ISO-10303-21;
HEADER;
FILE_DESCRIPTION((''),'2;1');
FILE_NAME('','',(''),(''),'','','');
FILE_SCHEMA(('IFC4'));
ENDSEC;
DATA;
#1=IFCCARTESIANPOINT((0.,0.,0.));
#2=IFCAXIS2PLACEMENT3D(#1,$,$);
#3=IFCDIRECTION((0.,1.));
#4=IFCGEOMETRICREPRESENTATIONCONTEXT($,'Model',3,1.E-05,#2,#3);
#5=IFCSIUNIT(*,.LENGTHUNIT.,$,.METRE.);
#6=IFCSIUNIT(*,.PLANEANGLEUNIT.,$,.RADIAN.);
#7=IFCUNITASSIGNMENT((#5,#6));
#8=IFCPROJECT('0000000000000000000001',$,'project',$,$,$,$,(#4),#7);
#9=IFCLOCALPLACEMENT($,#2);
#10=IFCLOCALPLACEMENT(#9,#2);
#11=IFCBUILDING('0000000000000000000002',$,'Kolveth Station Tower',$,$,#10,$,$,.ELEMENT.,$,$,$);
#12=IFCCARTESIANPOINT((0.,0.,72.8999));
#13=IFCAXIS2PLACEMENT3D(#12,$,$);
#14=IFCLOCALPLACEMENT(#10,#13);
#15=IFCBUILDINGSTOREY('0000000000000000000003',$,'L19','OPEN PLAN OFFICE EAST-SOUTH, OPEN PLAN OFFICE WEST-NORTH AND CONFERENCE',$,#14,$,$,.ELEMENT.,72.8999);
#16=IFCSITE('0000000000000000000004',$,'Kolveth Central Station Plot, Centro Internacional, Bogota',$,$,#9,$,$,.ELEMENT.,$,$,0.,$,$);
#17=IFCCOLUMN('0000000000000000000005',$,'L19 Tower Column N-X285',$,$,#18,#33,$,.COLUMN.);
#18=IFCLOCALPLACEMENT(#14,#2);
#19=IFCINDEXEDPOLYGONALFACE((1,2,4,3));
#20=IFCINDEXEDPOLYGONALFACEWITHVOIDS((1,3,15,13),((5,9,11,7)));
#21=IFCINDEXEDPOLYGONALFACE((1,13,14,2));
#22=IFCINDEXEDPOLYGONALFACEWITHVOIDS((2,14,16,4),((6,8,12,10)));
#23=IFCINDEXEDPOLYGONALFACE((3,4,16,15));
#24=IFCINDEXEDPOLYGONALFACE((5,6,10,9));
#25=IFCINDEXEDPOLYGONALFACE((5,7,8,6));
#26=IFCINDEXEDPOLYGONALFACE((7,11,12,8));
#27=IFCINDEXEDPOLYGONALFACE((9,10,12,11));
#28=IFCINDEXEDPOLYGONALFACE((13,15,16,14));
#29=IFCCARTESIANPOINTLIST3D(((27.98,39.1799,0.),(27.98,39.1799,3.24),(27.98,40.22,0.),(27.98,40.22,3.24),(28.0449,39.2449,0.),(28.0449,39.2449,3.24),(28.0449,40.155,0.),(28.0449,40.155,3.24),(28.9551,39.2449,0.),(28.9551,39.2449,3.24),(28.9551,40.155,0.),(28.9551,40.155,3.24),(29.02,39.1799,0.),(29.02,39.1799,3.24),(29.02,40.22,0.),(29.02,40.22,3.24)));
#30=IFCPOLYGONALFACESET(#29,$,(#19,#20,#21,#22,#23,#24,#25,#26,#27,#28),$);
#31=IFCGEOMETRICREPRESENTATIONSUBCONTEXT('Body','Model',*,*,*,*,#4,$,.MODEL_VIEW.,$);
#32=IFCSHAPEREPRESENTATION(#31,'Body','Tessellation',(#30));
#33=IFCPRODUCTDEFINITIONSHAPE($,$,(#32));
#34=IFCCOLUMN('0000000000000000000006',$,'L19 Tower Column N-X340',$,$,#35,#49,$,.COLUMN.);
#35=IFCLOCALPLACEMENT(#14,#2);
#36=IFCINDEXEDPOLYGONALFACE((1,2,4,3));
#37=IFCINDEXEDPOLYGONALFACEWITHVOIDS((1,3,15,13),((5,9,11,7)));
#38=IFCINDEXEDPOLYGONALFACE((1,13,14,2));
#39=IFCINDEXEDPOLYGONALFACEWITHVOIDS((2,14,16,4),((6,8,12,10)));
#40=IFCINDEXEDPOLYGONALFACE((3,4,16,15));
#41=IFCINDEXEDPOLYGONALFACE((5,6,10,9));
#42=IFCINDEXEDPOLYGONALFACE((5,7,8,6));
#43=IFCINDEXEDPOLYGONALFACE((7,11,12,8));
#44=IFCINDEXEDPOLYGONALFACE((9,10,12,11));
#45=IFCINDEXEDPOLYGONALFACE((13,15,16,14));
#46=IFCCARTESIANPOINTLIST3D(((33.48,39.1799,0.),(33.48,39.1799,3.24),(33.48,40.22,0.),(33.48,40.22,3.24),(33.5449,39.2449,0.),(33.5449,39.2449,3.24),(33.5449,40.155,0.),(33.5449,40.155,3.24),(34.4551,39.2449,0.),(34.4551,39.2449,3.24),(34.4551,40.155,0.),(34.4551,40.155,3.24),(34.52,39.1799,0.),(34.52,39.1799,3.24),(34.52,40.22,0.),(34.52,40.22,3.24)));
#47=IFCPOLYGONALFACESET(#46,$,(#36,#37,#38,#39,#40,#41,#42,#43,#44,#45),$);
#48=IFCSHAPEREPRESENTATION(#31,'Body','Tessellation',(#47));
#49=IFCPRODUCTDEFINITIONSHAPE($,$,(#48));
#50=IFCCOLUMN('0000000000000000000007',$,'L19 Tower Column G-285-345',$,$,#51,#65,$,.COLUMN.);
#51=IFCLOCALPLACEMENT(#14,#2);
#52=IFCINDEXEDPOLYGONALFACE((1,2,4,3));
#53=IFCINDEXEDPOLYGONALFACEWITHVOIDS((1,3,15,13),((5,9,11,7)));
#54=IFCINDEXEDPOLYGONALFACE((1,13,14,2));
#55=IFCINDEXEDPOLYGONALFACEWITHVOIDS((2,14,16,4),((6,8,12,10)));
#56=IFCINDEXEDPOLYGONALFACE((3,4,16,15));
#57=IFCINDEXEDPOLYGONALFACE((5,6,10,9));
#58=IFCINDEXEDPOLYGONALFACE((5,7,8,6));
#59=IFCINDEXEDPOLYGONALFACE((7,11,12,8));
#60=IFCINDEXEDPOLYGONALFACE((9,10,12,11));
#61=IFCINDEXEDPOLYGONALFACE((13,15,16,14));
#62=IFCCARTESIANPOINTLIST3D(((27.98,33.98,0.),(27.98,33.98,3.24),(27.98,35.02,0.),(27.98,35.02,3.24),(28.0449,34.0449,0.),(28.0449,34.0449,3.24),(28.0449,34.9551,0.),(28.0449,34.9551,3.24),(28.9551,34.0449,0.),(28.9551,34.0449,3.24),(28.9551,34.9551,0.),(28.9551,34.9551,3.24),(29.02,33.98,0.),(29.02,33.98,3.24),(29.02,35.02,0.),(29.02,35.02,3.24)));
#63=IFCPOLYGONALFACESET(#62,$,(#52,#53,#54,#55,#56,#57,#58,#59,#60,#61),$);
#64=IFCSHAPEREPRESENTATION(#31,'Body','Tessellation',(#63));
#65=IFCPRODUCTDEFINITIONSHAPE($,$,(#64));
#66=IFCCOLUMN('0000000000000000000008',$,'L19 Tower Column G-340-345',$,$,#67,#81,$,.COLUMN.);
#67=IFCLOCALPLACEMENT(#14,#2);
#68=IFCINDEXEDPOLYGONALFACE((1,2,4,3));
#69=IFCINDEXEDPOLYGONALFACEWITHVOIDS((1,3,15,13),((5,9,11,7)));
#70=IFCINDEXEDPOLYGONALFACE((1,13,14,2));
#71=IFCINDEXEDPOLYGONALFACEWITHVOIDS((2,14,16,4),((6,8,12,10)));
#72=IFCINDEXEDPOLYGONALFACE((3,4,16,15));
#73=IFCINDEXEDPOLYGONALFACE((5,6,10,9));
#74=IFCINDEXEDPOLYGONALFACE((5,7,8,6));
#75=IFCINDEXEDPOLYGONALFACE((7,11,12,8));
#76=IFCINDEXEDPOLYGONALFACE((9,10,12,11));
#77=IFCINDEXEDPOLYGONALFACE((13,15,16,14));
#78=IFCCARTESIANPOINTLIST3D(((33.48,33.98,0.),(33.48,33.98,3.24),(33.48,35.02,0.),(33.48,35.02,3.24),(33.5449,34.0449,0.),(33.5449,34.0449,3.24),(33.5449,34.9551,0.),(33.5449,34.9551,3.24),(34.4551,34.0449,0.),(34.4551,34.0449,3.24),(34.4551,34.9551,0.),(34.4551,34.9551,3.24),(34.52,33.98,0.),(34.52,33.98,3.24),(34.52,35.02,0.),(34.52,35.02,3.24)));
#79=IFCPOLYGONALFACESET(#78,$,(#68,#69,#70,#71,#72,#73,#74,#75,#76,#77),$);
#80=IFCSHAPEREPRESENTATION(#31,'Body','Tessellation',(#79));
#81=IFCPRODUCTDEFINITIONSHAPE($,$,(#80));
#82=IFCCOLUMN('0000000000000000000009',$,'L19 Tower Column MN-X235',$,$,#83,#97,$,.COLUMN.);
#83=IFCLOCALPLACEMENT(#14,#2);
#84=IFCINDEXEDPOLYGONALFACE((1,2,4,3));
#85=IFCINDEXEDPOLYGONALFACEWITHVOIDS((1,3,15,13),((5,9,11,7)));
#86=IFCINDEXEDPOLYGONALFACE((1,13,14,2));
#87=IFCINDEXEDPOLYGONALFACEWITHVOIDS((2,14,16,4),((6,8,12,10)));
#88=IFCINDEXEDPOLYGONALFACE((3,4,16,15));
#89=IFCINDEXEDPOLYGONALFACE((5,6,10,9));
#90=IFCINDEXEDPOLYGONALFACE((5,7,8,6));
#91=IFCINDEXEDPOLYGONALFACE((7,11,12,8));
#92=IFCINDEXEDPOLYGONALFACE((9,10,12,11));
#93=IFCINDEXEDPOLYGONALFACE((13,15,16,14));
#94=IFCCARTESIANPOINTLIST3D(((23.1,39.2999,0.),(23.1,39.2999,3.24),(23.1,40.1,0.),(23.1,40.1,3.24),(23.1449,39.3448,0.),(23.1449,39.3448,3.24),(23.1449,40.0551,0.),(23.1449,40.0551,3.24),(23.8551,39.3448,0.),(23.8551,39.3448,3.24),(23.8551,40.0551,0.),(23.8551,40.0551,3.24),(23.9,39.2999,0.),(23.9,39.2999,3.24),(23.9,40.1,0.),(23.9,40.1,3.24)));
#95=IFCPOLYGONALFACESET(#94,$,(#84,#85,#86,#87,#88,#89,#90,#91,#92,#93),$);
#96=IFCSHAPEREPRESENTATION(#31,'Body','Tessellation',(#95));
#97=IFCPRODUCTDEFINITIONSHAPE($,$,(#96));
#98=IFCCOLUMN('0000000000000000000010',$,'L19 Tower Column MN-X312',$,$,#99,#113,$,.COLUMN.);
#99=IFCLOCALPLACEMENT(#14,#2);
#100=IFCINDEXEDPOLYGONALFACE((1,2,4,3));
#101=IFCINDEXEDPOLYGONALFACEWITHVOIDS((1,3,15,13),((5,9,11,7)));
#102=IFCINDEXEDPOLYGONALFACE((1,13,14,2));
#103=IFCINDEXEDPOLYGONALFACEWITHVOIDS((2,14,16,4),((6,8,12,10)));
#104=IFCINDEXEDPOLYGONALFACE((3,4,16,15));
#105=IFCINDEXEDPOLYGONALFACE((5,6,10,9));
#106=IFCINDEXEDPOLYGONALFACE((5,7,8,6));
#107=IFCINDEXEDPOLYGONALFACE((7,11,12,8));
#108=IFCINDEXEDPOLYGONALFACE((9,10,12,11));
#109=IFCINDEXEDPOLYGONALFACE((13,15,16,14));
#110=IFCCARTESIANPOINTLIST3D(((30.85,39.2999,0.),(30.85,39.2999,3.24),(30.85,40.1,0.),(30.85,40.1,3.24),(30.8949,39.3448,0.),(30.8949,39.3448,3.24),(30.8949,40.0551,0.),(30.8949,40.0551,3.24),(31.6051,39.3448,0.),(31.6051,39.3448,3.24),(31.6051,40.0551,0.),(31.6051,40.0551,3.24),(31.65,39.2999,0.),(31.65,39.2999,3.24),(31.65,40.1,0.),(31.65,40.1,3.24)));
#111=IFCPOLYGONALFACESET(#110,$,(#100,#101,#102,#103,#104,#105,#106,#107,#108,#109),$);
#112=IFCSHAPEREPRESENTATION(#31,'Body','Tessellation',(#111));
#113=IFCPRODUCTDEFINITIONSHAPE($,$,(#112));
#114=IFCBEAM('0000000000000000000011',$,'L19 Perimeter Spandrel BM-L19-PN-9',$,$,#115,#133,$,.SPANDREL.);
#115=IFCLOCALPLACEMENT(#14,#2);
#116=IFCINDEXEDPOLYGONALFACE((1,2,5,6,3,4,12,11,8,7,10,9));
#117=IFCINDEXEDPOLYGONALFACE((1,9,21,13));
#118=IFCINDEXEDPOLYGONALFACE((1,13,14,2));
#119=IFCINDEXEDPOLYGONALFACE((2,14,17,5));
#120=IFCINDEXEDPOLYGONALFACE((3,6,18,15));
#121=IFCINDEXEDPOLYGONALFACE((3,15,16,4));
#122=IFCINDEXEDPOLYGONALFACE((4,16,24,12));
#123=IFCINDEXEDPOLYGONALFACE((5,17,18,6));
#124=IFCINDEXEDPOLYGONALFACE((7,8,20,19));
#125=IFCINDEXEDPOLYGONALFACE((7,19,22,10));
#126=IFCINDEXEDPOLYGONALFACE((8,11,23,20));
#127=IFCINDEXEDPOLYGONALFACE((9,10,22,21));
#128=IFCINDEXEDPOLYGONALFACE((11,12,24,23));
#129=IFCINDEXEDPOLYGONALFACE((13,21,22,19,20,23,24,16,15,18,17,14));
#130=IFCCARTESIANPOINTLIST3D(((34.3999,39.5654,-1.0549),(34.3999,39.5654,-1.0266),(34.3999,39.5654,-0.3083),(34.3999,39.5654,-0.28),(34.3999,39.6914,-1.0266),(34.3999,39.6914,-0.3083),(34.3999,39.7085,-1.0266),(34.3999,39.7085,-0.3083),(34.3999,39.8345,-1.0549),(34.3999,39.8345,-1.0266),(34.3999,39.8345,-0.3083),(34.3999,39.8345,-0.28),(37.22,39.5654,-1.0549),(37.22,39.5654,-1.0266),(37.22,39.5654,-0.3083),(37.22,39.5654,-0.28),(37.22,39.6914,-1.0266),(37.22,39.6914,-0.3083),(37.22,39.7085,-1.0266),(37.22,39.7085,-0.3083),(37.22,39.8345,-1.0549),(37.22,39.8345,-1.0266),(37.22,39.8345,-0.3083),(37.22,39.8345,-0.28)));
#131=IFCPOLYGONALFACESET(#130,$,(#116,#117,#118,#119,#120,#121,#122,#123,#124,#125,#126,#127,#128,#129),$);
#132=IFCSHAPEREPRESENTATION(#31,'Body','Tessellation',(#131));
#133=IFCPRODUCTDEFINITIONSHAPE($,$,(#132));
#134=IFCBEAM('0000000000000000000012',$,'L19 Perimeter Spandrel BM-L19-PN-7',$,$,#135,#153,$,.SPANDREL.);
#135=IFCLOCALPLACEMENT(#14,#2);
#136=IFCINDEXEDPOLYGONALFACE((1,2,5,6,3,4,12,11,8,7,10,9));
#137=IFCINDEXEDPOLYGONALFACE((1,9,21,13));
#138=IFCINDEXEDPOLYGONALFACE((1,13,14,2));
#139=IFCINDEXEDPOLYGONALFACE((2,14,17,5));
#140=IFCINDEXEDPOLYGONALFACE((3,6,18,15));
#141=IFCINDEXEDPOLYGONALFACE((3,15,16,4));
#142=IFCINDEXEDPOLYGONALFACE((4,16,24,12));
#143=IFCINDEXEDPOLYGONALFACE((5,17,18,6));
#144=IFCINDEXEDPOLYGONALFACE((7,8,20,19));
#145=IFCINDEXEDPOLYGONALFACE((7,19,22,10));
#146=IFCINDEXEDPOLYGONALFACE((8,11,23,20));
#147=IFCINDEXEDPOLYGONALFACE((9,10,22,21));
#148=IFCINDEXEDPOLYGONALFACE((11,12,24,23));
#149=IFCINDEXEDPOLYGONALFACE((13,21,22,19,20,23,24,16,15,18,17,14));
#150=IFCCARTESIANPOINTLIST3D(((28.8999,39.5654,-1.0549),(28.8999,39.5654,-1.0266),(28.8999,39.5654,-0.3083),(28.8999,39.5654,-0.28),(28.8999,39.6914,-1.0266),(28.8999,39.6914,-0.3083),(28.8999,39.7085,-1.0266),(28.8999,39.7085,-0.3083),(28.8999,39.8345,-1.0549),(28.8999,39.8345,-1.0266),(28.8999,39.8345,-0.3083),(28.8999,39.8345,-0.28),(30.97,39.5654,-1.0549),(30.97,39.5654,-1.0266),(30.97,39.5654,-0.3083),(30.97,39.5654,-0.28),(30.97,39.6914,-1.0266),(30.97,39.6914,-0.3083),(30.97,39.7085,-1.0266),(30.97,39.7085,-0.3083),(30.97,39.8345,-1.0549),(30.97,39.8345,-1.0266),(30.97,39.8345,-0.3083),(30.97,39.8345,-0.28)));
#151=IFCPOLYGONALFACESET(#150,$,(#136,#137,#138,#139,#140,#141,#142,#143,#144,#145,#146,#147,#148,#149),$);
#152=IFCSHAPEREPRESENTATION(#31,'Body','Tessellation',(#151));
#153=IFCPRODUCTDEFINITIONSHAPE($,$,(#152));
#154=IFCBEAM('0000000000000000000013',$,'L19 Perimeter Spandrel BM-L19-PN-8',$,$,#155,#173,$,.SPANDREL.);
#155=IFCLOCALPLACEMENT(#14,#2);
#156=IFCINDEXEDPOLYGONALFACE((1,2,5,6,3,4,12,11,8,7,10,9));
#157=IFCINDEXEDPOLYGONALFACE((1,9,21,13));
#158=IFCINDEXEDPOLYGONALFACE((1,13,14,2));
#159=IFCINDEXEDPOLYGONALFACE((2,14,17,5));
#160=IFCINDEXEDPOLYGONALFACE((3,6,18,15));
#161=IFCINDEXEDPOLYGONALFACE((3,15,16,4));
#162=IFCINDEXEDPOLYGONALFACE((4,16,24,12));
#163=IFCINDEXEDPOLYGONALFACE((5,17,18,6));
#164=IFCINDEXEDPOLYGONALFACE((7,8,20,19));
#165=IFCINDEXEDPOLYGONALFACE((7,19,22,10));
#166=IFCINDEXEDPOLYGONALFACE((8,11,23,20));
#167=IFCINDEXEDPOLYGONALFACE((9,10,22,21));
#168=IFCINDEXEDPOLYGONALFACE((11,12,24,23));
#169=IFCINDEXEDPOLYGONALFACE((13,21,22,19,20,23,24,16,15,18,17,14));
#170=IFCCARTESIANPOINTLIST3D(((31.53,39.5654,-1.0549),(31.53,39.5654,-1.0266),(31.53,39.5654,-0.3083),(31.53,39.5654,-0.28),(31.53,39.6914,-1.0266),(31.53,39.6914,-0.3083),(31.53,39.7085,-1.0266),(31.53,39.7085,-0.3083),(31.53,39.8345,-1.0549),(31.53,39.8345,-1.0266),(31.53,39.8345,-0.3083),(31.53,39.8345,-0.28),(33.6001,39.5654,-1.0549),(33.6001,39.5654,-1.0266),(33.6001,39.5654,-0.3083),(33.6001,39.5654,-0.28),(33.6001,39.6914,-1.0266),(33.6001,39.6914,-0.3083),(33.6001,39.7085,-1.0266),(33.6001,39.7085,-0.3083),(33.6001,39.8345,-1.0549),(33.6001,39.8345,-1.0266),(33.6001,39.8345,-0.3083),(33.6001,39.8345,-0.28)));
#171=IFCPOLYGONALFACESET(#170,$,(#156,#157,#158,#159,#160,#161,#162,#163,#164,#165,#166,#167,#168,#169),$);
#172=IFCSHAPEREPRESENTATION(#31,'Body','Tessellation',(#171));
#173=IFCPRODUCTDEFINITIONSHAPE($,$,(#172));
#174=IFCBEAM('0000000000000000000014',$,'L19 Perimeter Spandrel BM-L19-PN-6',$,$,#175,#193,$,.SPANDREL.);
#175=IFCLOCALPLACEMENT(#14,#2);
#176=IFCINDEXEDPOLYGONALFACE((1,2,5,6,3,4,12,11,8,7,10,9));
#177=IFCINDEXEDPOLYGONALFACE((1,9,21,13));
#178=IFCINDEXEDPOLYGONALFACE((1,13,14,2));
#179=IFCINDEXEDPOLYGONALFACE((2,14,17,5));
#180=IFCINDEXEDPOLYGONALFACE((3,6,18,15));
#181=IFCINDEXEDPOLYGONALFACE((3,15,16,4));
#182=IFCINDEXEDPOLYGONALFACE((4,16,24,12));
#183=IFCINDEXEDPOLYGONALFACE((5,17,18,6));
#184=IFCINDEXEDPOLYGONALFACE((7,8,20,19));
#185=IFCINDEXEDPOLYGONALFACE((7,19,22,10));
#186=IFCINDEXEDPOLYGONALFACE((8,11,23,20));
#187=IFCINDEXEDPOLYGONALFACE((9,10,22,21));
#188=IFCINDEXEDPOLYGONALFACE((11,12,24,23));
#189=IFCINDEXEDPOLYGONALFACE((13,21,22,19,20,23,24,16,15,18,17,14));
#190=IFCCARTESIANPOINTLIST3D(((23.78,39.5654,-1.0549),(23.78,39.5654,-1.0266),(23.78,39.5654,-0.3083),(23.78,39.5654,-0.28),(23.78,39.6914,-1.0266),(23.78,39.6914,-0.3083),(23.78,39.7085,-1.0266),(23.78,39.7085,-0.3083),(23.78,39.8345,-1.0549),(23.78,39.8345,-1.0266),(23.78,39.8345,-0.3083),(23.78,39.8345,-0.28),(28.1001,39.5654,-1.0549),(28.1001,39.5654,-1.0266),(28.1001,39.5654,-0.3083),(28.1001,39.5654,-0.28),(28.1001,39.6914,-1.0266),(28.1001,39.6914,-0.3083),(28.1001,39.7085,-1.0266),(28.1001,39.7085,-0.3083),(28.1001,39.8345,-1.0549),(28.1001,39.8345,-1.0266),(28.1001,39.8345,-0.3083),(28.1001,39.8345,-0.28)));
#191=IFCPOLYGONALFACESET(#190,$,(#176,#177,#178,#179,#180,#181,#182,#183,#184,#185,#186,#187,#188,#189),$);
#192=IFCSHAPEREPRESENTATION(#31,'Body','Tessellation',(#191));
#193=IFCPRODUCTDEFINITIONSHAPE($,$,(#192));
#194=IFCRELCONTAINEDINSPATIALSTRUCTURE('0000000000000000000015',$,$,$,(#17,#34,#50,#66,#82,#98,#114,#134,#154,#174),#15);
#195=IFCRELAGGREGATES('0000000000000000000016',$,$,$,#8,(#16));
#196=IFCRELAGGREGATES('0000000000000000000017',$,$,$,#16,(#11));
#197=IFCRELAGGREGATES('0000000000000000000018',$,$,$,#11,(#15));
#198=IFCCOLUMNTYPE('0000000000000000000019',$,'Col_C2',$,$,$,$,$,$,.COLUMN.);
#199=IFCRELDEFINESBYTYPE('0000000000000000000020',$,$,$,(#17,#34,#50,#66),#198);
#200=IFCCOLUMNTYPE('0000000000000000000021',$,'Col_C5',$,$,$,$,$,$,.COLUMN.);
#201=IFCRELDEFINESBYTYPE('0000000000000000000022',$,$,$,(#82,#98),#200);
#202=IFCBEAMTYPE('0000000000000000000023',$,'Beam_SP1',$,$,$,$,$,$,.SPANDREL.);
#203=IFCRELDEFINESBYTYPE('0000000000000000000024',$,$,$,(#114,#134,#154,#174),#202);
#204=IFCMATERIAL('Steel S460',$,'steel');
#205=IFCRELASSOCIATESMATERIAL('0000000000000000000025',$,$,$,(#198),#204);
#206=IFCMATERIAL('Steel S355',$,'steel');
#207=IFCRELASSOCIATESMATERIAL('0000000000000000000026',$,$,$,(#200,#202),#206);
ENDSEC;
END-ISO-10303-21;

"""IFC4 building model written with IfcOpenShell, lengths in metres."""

from ifc_helpers import new_model, si_unit, direction, frame, origin, origin_2d, place, context, subcontext, project, spatial, hollow_rectangle, i_section, extrude, source, transform, mapped, material, material_profile, profile_set, type_object, element, save


model = new_model("IFC4")

# Units and contexts
model_context = context("Model", 3, precision=1e-05, world=origin(), true_north=direction((0.0, 1.0)))
body_context = subcontext(model_context, "Body", "Model", "MODEL_VIEW")
ifc_project = project(units=[si_unit("LENGTHUNIT", "METRE"), si_unit("PLANEANGLEUNIT", "RADIAN")], contexts=[model_context])

# Site, building, storey
site_placement = place(None, origin())
site = spatial("IfcSite", under=ifc_project, at=site_placement, Name="Kolveth Central Station Plot, Centro Internacional, Bogota", CompositionType="ELEMENT", RefElevation=0.0)
building_placement = place(site_placement, origin())
building = spatial("IfcBuilding", under=site, at=building_placement, Name="Kolveth Station Tower", CompositionType="ELEMENT")
storey_placement = place(building_placement, frame((0.0, 0.0, 72.8999)))
storey = spatial("IfcBuildingStorey", under=building, at=storey_placement, Name="L19", Description="OPEN PLAN OFFICE EAST-SOUTH, OPEN PLAN OFFICE WEST-NORTH AND CONFERENCE", CompositionType="ELEMENT", Elevation=72.8999)

# Columns
ifc_material_1 = material(Name="Steel S460", Category="steel")
ifc_material_profile_1 = material_profile(ifc_material_1, hollow_rectangle(XDim=1.04, YDim=1.04, WallThickness=0.0649, at=origin_2d()), Name="BOX1040x1040x65")
ifc_profile_set_1 = profile_set([ifc_material_profile_1], Name="Steel S460")
column_type_1 = type_object("IfcColumnType", Name="Col_C2", PredefinedType="COLUMN", material=ifc_profile_set_1)
shared_shape_1 = source(origin(), body_context, "Body", "SweptSolid", [
    extrude(hollow_rectangle(XDim=1.04, YDim=1.04, WallThickness=0.0649, at=origin_2d()), origin(), (0.0, 0.0, 1.0), 3.24),
])
for number, where, z_axis, x_axis, name in (
    (1, (28.5, 39.7, 0.0), (0.0, 0.0, 1.0), (1.0, 0.0, 0.0), "L19 Tower Column N-X285"),
    (2, (34.0, 39.7, 0.0), (0.0, 0.0, 1.0), (1.0, 0.0, 0.0), "L19 Tower Column N-X340"),
    (3, (28.5, 34.5, 0.0), (0.0, 0.0, 1.0), (1.0, 0.0, 0.0), "L19 Tower Column G-285-345"),
    (4, (34.0, 34.5, 0.0), (0.0, 0.0, 1.0), (1.0, 0.0, 0.0), "L19 Tower Column G-340-345"),
):
    element("IfcColumn", number, at=place(storey_placement, frame(where, z_axis=z_axis, x_axis=x_axis)), inside=storey, type_object=column_type_1, Name=name, PredefinedType="COLUMN", context=body_context, shape_type="MappedRepresentation", body=[
        mapped(shared_shape_1, transform((0.0, 0.0, 0.0), x_axis=(1.0, 0.0, 0.0), y_axis=(0.0, 1.0, 0.0), z_axis=(0.0, 0.0, 1.0), scale=1.0)),
    ])
ifc_material_2 = material(Name="Steel S355", Category="steel")
ifc_material_profile_2 = material_profile(ifc_material_2, hollow_rectangle(XDim=0.8, YDim=0.8, WallThickness=0.0449, at=origin_2d()), Name="BOX800x800x45")
ifc_profile_set_2 = profile_set([ifc_material_profile_2], Name="Steel S355")
column_type_2 = type_object("IfcColumnType", Name="Col_C5", PredefinedType="COLUMN", material=ifc_profile_set_2)
shared_shape_2 = source(origin(), body_context, "Body", "SweptSolid", [
    extrude(hollow_rectangle(XDim=0.8, YDim=0.8, WallThickness=0.0449, at=origin_2d()), origin(), (0.0, 0.0, 1.0), 3.24),
])
for number, where, z_axis, x_axis, name in (
    (5, (23.5, 39.7, 0.0), (0.0, 0.0, 1.0), (1.0, 0.0, 0.0), "L19 Tower Column MN-X235"),
    (6, (31.25, 39.7, 0.0), (0.0, 0.0, 1.0), (1.0, 0.0, 0.0), "L19 Tower Column MN-X312"),
):
    element("IfcColumn", number, at=place(storey_placement, frame(where, z_axis=z_axis, x_axis=x_axis)), inside=storey, type_object=column_type_2, Name=name, PredefinedType="COLUMN", context=body_context, shape_type="MappedRepresentation", body=[
        mapped(shared_shape_2, transform((0.0, 0.0, 0.0), x_axis=(1.0, 0.0, 0.0), y_axis=(0.0, 1.0, 0.0), z_axis=(0.0, 0.0, 1.0), scale=1.0)),
    ])

# Beams
ifc_material_profile_3 = material_profile(ifc_material_2, i_section(OverallWidth=0.269, OverallDepth=0.7749, WebThickness=0.0171, FlangeThickness=0.0283, at=origin_2d()), Name="W760x220")
ifc_profile_set_3 = profile_set([ifc_material_profile_3], Name="Steel S355")
beam_type_1 = type_object("IfcBeamType", Name="Beam_SP1", PredefinedType="SPANDREL", material=ifc_profile_set_3)
shared_shape_3 = source(origin(), body_context, "Body", "SweptSolid", [
    extrude(i_section(OverallWidth=0.269, OverallDepth=0.7749, WebThickness=0.0171, FlangeThickness=0.0283, at=origin_2d()), origin(), (0.0, 0.0, 1.0), 2.8201),
])
beam_1_placement = place(storey_placement, frame((34.3999, 39.7, -0.6675), z_axis=(1.0, 0.0, 0.0), x_axis=(0.0, 1.0, 0.0)))
element("IfcBeam", 7, at=beam_1_placement, inside=storey, type_object=beam_type_1, Name="L19 Perimeter Spandrel BM-L19-PN-9", PredefinedType="SPANDREL", context=body_context, shape_type="MappedRepresentation", body=[
    mapped(shared_shape_3, transform((0.0, 0.0, 0.0), x_axis=(1.0, 0.0, 0.0), y_axis=(0.0, 1.0, 0.0), z_axis=(0.0, 0.0, 1.0), scale=1.0)),
])
shared_shape_4 = source(origin(), body_context, "Body", "SweptSolid", [
    extrude(i_section(OverallWidth=0.269, OverallDepth=0.7749, WebThickness=0.0171, FlangeThickness=0.0283, at=origin_2d()), origin(), (0.0, 0.0, 1.0), 2.0701),
])
for number, where, z_axis, x_axis, name in (
    (8, (28.8999, 39.7, -0.6675), (1.0, 0.0, 0.0), (0.0, 1.0, 0.0), "L19 Perimeter Spandrel BM-L19-PN-7"),
    (9, (31.53, 39.7, -0.6675), (1.0, 0.0, 0.0), (0.0, 1.0, 0.0), "L19 Perimeter Spandrel BM-L19-PN-8"),
):
    element("IfcBeam", number, at=place(storey_placement, frame(where, z_axis=z_axis, x_axis=x_axis)), inside=storey, type_object=beam_type_1, Name=name, PredefinedType="SPANDREL", context=body_context, shape_type="MappedRepresentation", body=[
        mapped(shared_shape_4, transform((0.0, 0.0, 0.0), x_axis=(1.0, 0.0, 0.0), y_axis=(0.0, 1.0, 0.0), z_axis=(0.0, 0.0, 1.0), scale=1.0)),
    ])
shared_shape_5 = source(origin(), body_context, "Body", "SweptSolid", [
    extrude(i_section(OverallWidth=0.269, OverallDepth=0.7749, WebThickness=0.0171, FlangeThickness=0.0283, at=origin_2d()), origin(), (0.0, 0.0, 1.0), 4.3201),
])
beam_2_placement = place(storey_placement, frame((23.78, 39.7, -0.6675), z_axis=(1.0, 0.0, 0.0), x_axis=(0.0, 1.0, 0.0)))
element("IfcBeam", 10, at=beam_2_placement, inside=storey, type_object=beam_type_1, Name="L19 Perimeter Spandrel BM-L19-PN-6", PredefinedType="SPANDREL", context=body_context, shape_type="MappedRepresentation", body=[
    mapped(shared_shape_5, transform((0.0, 0.0, 0.0), x_axis=(1.0, 0.0, 0.0), y_axis=(0.0, 1.0, 0.0), z_axis=(0.0, 0.0, 1.0), scale=1.0)),
])

save(model, "model.ifc")
